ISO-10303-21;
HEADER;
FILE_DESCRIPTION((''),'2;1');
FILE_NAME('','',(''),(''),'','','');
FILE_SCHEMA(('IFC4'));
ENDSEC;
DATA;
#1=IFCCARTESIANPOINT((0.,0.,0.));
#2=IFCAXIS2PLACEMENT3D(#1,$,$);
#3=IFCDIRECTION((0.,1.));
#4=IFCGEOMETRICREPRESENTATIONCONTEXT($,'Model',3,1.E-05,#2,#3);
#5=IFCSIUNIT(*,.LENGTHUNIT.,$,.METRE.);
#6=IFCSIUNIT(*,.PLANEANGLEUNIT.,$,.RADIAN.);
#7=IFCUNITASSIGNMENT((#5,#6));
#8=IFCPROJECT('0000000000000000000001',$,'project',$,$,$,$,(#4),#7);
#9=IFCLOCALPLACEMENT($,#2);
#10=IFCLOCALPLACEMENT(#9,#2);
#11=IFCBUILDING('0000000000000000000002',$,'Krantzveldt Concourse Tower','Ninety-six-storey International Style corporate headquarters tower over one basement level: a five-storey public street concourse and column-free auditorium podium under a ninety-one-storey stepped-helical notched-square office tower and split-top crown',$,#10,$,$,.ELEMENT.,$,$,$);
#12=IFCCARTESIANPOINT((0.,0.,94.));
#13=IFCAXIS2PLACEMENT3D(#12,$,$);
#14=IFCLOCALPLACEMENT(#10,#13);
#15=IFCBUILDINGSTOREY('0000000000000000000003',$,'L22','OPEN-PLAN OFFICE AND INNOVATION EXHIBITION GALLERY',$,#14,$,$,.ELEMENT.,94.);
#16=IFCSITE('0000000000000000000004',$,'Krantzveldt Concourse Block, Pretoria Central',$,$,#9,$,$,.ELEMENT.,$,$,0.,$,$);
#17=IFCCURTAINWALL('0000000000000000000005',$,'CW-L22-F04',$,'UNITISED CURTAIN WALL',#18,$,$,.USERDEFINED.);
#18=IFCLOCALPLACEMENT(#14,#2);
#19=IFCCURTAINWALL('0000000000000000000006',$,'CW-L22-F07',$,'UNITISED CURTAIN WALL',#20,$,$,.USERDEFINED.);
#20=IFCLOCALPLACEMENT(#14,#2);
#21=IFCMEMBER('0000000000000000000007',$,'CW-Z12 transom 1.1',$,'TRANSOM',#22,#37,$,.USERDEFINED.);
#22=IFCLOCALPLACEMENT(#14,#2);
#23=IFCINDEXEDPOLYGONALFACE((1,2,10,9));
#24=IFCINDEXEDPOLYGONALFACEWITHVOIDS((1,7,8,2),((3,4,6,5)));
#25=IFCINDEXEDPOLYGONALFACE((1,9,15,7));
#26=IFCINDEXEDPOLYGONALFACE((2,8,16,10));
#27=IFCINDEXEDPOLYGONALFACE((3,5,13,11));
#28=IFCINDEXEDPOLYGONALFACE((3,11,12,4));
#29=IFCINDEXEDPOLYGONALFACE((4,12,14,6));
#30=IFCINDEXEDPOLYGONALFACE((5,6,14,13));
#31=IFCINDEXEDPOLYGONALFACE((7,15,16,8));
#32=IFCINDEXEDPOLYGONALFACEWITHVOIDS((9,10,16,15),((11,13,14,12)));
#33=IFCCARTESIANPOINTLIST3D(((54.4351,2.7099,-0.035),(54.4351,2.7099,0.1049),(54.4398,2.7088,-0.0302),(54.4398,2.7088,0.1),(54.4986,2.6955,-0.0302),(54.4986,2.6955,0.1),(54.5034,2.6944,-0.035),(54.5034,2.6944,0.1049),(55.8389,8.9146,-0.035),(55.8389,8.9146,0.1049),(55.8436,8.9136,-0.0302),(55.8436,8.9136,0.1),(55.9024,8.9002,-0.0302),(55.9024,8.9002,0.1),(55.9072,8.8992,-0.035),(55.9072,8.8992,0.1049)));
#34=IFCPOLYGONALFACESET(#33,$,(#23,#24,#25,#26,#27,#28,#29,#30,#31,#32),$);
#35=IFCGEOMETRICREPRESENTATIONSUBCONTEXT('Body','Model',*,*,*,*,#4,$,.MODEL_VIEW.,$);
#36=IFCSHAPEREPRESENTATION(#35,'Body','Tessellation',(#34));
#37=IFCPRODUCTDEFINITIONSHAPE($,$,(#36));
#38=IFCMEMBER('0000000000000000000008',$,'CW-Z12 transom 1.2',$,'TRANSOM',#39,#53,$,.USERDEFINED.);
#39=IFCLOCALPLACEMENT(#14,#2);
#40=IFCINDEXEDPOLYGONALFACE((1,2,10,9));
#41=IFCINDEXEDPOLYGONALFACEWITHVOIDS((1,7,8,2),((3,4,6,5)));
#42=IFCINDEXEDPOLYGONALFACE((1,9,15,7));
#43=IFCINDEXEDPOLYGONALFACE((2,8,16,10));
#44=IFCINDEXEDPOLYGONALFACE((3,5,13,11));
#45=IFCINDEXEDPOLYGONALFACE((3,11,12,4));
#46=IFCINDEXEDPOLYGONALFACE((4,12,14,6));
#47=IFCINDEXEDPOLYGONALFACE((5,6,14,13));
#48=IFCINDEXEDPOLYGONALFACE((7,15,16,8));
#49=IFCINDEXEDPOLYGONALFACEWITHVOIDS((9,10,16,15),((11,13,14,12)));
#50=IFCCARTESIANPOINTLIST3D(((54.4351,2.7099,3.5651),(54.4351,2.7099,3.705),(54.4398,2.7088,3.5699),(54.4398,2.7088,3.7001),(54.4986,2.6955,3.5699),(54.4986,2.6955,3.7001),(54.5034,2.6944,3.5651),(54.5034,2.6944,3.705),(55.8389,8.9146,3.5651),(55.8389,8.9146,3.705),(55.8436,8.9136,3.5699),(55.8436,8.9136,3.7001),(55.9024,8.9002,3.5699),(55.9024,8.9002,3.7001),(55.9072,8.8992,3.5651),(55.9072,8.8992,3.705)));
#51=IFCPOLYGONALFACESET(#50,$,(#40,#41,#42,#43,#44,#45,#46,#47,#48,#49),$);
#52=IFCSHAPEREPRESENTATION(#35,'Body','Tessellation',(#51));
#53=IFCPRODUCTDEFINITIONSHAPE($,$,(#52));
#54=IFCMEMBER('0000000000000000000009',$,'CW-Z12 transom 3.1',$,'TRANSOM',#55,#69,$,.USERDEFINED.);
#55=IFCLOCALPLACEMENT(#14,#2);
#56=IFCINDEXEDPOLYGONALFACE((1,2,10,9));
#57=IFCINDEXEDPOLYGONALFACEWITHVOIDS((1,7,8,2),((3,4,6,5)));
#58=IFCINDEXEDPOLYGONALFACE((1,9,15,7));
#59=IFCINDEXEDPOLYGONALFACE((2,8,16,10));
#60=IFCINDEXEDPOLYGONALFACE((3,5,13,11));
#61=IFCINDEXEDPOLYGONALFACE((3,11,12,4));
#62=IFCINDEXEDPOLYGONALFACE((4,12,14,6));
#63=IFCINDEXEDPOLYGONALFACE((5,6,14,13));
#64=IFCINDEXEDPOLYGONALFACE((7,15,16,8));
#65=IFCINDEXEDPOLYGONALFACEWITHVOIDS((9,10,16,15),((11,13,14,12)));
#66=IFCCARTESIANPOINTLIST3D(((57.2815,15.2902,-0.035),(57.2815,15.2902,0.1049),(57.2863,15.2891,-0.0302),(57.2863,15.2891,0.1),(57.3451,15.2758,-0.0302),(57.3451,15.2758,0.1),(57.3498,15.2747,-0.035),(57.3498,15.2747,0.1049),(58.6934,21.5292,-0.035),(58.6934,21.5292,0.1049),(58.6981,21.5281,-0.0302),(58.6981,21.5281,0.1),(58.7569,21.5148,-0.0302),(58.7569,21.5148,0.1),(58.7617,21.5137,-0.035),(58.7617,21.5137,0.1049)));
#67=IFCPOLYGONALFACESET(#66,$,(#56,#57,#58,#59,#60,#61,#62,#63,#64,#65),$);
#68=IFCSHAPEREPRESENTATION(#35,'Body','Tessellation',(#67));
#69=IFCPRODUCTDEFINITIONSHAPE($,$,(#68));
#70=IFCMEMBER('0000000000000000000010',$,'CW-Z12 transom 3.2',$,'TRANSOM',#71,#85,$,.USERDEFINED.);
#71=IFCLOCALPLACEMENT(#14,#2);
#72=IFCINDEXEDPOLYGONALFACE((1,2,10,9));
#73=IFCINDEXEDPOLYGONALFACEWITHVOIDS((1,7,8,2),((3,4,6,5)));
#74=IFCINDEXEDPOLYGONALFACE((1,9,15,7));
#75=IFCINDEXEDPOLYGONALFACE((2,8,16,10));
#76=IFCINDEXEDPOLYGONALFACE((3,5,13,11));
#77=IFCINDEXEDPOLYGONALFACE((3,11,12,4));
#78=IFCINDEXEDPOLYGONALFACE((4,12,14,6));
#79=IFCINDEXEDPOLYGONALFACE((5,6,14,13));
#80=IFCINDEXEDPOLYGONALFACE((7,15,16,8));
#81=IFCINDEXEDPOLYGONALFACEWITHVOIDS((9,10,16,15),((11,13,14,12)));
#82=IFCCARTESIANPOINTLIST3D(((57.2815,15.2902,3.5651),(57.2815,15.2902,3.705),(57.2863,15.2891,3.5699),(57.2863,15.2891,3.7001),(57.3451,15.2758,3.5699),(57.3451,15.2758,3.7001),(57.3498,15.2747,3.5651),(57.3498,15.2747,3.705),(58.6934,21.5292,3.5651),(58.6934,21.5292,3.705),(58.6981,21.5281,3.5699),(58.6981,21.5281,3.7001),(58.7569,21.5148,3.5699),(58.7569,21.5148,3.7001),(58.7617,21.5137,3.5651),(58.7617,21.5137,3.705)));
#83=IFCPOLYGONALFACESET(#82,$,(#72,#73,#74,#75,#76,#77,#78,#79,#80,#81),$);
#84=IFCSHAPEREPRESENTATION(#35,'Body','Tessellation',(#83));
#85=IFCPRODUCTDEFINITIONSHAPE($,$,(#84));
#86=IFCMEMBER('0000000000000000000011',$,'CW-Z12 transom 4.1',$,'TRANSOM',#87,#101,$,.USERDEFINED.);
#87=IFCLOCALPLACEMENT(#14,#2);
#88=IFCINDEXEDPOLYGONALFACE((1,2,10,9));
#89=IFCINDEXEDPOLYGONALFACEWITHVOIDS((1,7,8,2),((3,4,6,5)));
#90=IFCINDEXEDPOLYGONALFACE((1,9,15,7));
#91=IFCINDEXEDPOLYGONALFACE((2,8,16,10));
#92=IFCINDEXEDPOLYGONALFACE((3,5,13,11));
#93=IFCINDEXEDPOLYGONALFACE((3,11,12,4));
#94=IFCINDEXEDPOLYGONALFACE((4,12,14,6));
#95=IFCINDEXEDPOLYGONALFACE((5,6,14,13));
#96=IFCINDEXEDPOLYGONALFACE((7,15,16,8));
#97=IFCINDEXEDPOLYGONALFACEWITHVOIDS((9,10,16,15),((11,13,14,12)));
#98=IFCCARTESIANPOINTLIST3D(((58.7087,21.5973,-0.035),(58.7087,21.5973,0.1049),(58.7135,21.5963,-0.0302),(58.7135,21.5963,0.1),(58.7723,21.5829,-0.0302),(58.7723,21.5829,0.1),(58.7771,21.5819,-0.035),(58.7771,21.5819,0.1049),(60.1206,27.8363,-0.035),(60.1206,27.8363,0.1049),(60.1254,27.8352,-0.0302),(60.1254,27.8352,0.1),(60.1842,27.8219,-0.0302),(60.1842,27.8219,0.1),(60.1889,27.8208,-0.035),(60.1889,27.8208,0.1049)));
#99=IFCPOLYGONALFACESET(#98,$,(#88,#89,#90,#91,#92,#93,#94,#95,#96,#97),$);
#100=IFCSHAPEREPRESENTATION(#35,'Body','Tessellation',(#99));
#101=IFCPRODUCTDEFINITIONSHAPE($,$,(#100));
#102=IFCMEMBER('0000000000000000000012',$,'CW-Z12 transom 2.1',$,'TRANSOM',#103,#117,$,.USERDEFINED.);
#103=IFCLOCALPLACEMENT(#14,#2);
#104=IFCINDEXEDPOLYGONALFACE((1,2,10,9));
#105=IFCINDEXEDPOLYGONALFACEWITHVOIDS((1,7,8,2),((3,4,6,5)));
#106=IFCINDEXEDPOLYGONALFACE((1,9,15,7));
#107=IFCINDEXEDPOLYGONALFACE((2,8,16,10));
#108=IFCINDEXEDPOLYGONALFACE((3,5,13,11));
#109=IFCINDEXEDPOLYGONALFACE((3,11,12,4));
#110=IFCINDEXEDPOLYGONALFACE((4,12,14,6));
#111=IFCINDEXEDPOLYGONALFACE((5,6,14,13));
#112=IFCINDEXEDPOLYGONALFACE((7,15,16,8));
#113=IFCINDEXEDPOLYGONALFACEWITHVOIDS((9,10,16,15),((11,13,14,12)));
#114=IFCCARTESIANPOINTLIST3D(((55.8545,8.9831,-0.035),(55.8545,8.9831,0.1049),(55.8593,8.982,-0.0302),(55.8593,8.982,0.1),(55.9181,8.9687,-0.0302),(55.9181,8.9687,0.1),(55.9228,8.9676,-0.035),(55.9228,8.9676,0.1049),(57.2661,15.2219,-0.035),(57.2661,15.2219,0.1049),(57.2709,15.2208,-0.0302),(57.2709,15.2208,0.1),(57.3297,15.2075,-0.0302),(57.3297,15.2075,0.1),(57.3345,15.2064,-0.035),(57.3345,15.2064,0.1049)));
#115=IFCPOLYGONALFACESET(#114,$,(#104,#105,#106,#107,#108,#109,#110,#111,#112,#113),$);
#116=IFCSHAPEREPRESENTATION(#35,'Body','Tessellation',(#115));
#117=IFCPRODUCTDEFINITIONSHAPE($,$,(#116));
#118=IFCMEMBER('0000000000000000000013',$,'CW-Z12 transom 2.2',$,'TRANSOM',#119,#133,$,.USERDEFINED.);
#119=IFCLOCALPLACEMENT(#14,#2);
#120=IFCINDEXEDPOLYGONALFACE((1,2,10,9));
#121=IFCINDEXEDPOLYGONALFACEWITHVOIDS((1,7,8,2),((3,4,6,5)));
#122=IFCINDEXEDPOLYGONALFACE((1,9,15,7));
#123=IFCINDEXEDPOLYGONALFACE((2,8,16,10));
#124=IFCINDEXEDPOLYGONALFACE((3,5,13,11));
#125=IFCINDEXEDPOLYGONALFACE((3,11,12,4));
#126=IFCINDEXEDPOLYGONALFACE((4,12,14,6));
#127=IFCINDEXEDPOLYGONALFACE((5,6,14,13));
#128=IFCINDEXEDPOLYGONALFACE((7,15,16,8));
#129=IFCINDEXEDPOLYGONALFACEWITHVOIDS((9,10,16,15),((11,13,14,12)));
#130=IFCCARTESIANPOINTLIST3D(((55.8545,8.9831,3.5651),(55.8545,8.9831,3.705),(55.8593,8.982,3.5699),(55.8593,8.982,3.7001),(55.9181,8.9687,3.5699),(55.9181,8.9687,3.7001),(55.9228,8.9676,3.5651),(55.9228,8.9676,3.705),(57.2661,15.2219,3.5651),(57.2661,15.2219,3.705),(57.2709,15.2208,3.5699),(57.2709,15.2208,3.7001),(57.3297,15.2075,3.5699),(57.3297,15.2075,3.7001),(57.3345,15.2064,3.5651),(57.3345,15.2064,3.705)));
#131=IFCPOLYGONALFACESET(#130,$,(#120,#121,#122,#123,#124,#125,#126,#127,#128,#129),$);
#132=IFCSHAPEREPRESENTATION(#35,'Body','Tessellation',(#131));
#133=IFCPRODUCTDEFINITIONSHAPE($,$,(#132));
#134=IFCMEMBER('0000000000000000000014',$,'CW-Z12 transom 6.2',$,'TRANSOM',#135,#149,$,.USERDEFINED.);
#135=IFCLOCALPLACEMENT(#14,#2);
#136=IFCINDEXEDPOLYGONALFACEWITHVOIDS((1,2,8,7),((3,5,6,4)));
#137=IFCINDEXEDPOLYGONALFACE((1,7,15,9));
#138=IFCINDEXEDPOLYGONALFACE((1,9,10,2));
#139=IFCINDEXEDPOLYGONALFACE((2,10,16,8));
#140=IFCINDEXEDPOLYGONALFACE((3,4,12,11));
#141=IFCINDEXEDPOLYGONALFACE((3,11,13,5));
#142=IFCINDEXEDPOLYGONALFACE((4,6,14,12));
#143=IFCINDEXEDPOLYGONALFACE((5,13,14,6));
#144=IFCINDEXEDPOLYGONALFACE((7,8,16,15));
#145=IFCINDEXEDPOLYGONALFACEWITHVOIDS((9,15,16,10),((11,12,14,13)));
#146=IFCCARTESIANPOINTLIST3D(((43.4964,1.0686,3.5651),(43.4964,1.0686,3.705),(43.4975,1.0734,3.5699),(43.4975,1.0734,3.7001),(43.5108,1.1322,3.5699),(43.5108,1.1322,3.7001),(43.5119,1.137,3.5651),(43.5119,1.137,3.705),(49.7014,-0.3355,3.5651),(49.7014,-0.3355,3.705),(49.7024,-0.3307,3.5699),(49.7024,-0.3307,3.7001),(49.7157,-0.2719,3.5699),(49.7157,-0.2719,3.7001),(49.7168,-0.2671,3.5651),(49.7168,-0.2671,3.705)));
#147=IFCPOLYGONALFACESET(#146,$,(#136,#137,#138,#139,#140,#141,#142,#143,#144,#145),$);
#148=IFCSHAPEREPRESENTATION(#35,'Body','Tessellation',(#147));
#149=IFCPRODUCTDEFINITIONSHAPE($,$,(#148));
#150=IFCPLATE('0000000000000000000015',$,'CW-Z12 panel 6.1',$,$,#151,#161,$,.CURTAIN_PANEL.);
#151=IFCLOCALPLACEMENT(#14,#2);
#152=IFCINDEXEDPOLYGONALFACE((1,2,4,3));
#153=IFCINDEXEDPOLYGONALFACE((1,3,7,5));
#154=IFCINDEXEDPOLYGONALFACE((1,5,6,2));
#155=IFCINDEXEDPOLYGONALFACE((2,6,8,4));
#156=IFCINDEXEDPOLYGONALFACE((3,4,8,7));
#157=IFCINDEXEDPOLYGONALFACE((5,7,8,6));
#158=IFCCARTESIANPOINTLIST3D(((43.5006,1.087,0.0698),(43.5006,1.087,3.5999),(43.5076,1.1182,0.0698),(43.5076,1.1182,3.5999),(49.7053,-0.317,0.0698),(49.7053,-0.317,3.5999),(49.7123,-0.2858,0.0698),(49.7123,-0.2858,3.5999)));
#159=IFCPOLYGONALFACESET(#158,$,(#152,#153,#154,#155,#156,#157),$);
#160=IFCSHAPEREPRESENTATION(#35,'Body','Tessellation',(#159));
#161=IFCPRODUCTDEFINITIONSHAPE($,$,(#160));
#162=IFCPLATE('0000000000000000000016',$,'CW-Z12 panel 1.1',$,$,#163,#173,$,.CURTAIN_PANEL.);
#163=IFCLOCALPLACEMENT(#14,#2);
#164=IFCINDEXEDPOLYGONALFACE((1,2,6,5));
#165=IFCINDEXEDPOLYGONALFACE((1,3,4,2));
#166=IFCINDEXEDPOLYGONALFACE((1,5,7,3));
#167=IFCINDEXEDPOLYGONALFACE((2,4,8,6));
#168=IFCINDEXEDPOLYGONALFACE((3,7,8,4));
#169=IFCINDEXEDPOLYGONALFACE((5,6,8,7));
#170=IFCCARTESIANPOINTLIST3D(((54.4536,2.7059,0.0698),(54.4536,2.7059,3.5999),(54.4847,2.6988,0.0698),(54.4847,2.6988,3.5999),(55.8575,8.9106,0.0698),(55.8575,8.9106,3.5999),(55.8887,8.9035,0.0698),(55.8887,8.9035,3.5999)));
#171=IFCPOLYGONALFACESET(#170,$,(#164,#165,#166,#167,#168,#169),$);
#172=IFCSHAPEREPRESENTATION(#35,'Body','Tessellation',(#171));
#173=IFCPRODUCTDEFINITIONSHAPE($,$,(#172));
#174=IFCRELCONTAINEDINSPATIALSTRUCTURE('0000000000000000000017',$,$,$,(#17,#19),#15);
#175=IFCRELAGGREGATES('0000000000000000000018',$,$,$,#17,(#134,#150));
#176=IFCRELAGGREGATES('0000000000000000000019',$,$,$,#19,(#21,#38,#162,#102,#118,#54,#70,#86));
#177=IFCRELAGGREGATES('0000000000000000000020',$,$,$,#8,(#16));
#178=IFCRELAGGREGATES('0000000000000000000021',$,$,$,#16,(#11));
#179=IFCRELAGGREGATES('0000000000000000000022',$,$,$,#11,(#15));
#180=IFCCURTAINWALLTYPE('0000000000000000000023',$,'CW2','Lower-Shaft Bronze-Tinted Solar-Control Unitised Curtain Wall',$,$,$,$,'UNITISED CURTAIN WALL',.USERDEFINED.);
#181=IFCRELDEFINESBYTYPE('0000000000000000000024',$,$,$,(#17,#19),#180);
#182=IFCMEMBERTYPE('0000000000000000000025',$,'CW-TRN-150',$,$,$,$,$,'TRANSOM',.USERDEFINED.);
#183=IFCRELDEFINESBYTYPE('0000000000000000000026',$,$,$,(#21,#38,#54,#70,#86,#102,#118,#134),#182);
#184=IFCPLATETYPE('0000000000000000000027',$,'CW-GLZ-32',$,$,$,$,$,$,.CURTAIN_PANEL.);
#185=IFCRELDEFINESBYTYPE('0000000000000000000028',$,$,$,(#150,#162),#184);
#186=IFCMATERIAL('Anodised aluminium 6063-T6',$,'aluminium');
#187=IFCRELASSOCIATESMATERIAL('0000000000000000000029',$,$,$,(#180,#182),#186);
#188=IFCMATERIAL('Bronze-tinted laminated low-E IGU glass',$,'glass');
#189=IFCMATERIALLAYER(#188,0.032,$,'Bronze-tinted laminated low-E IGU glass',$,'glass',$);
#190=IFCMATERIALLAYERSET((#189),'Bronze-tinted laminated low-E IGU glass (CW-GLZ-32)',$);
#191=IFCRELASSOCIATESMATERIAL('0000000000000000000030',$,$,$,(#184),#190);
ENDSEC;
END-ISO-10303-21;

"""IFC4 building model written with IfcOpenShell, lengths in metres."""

from ifc_helpers import new_model, si_unit, direction, frame, origin, origin_2d, place, context, subcontext, project, spatial, rectangle, hollow_rectangle, extrude, source, transform, mapped, material, layer, layer_set, material_profile, profile_set, type_object, type_shapes, element, aggregate, save


model = new_model("IFC4")

# Units and contexts
model_context = context("Model", 3, precision=1e-05, world=origin(), true_north=direction((0.0, 1.0)))
body_context = subcontext(model_context, "Body", "Model", "MODEL_VIEW")
ifc_project = project(units=[si_unit("LENGTHUNIT", "METRE"), si_unit("PLANEANGLEUNIT", "RADIAN")], contexts=[model_context])

# Site, building, storey
site_placement = place(None, origin())
site = spatial("IfcSite", under=ifc_project, at=site_placement, Name="Krantzveldt Concourse Block, Pretoria Central", CompositionType="ELEMENT", RefElevation=0.0)
building_placement = place(site_placement, origin())
building = spatial("IfcBuilding", under=site, at=building_placement, Name="Krantzveldt Concourse Tower", Description="Ninety-six-storey International Style corporate headquarters tower over one basement level: a five-storey public street concourse and column-free auditorium podium under a ninety-one-storey stepped-helical notched-square office tower and split-top crown", CompositionType="ELEMENT")
storey_placement = place(building_placement, frame((0.0, 0.0, 94.0)))
storey = spatial("IfcBuildingStorey", under=building, at=storey_placement, Name="L22", Description="OPEN-PLAN OFFICE AND INNOVATION EXHIBITION GALLERY", CompositionType="ELEMENT", Elevation=94.0)

# Curtain wall
ifc_material_1 = material(Name="Anodised aluminium 6063-T6", Category="aluminium")
curtain_wall_type = type_object("IfcCurtainWallType", Name="CW2", Description="Lower-Shaft Bronze-Tinted Solar-Control Unitised Curtain Wall", ElementType="UNITISED CURTAIN WALL", PredefinedType="USERDEFINED", material=ifc_material_1)
curtain_wall_1_placement = place(storey_placement, origin())
curtain_wall_1 = element("IfcCurtainWall", 1, at=curtain_wall_1_placement, inside=storey, type_object=curtain_wall_type, Name="CW-L22-F04", ObjectType="UNITISED CURTAIN WALL", PredefinedType="USERDEFINED")

# Curtain wall, members
curtain_wall_2_placement = place(storey_placement, origin())
curtain_wall_2 = element("IfcCurtainWall", 2, at=curtain_wall_2_placement, inside=storey, type_object=curtain_wall_type, Name="CW-L22-F07", ObjectType="UNITISED CURTAIN WALL", PredefinedType="USERDEFINED")
ifc_material_profile_1 = material_profile(ifc_material_1, hollow_rectangle(XDim=0.0701, YDim=0.1399, WallThickness=0.0049, at=origin_2d()), Name="Anodised aluminium 6063-T6", Category="aluminium")
ifc_profile_set_1 = profile_set([ifc_material_profile_1], Name="Anodised aluminium 6063-T6 - ALU-TRAN 140x70x5")
member_type_1 = type_object("IfcMemberType", Name="CW-TRN-150", ElementType="TRANSOM", PredefinedType="USERDEFINED", material=ifc_profile_set_1)
shared_shape_1 = source(origin(), body_context, "Body", "SweptSolid", [
    extrude(hollow_rectangle(XDim=0.0701, YDim=0.1399, WallThickness=0.0049, at=origin_2d()), origin(), (0.0, 0.0, 1.0), 6.3616),
])
member_1_placement = place(storey_placement, frame((54.4692, 2.7021, 0.0349), z_axis=(0.220667, 0.975349, 0.0), x_axis=(-0.975349, 0.220667, 0.0)))
member_1 = element("IfcMember", 3, at=member_1_placement, type_object=member_type_1, Name="CW-Z12 transom 1.1", ObjectType="TRANSOM", PredefinedType="USERDEFINED", context=body_context, shape_type="MappedRepresentation", body=[
    mapped(shared_shape_1, transform((0.0, 0.0, 0.0), x_axis=(1.0, 0.0, 0.0), y_axis=(0.0, 1.0, 0.0), z_axis=(0.0, 0.0, 1.0), scale=1.0)),
])
member_2_placement = place(storey_placement, frame((54.4692, 2.7021, 3.635), z_axis=(0.220667, 0.975349, 0.0), x_axis=(-0.975349, 0.220667, 0.0)))
member_2 = element("IfcMember", 4, at=member_2_placement, type_object=member_type_1, Name="CW-Z12 transom 1.2", ObjectType="TRANSOM", PredefinedType="USERDEFINED", context=body_context, shape_type="MappedRepresentation", body=[
    mapped(shared_shape_1, transform((0.0, 0.0, 0.0), x_axis=(1.0, 0.0, 0.0), y_axis=(0.0, 1.0, 0.0), z_axis=(0.0, 0.0, 1.0), scale=1.0)),
])
shared_shape_2 = source(origin(), body_context, "Body", "SweptSolid", [
    extrude(hollow_rectangle(XDim=0.0701, YDim=0.1399, WallThickness=0.0049, at=origin_2d()), origin(), (0.0, 0.0, 1.0), 6.3967),
])
member_3_placement = place(storey_placement, frame((57.3157, 15.2825, 0.0349), z_axis=(0.220715, 0.975338, 0.0), x_axis=(-0.975338, 0.220715, 0.0)))
member_3 = element("IfcMember", 5, at=member_3_placement, type_object=member_type_1, Name="CW-Z12 transom 3.1", ObjectType="TRANSOM", PredefinedType="USERDEFINED", context=body_context, shape_type="MappedRepresentation", body=[
    mapped(shared_shape_2, transform((0.0, 0.0, 0.0), x_axis=(1.0, 0.0, 0.0), y_axis=(0.0, 1.0, 0.0), z_axis=(0.0, 0.0, 1.0), scale=1.0)),
])
member_4_placement = place(storey_placement, frame((57.3157, 15.2825, 3.635), z_axis=(0.220715, 0.975338, 0.0), x_axis=(-0.975338, 0.220715, 0.0)))
member_4 = element("IfcMember", 6, at=member_4_placement, type_object=member_type_1, Name="CW-Z12 transom 3.2", ObjectType="TRANSOM", PredefinedType="USERDEFINED", context=body_context, shape_type="MappedRepresentation", body=[
    mapped(shared_shape_2, transform((0.0, 0.0, 0.0), x_axis=(1.0, 0.0, 0.0), y_axis=(0.0, 1.0, 0.0), z_axis=(0.0, 0.0, 1.0), scale=1.0)),
])
member_5_placement = place(storey_placement, frame((58.7429, 21.5896, 0.0349), z_axis=(0.220715, 0.975338, 0.0), x_axis=(-0.975338, 0.220715, 0.0)))
member_5 = element("IfcMember", 7, at=member_5_placement, type_object=member_type_1, Name="CW-Z12 transom 4.1", ObjectType="TRANSOM", PredefinedType="USERDEFINED", context=body_context, shape_type="MappedRepresentation", body=[
    mapped(shared_shape_2, transform((0.0, 0.0, 0.0), x_axis=(1.0, 0.0, 0.0), y_axis=(0.0, 1.0, 0.0), z_axis=(0.0, 0.0, 1.0), scale=1.0)),
])
shared_shape_3 = source(origin(), body_context, "Body", "SweptSolid", [
    extrude(hollow_rectangle(XDim=0.0701, YDim=0.1399, WallThickness=0.0049, at=origin_2d()), origin(), (0.0, 0.0, 1.0), 6.3965),
])
member_6_placement = place(storey_placement, frame((55.8887, 8.9753, 0.0349), z_axis=(0.220687, 0.975345, 0.0), x_axis=(-0.975345, 0.220687, 0.0)))
member_6 = element("IfcMember", 8, at=member_6_placement, type_object=member_type_1, Name="CW-Z12 transom 2.1", ObjectType="TRANSOM", PredefinedType="USERDEFINED", context=body_context, shape_type="MappedRepresentation", body=[
    mapped(shared_shape_3, transform((0.0, 0.0, 0.0), x_axis=(1.0, 0.0, 0.0), y_axis=(0.0, 1.0, 0.0), z_axis=(0.0, 0.0, 1.0), scale=1.0)),
])
member_7_placement = place(storey_placement, frame((55.8887, 8.9753, 3.635), z_axis=(0.220687, 0.975345, 0.0), x_axis=(-0.975345, 0.220687, 0.0)))
member_7 = element("IfcMember", 9, at=member_7_placement, type_object=member_type_1, Name="CW-Z12 transom 2.2", ObjectType="TRANSOM", PredefinedType="USERDEFINED", context=body_context, shape_type="MappedRepresentation", body=[
    mapped(shared_shape_3, transform((0.0, 0.0, 0.0), x_axis=(1.0, 0.0, 0.0), y_axis=(0.0, 1.0, 0.0), z_axis=(0.0, 0.0, 1.0), scale=1.0)),
])

# Member
shared_shape_4 = source(origin(), body_context, "Body", "SweptSolid", [
    extrude(hollow_rectangle(XDim=0.0701, YDim=0.1399, WallThickness=0.0049, at=origin_2d()), origin(), (0.0, 0.0, 1.0), 6.3618),
])
type_shapes(member_type_1, [shared_shape_1, shared_shape_2, shared_shape_3, shared_shape_4])
member_8_placement = place(storey_placement, frame((43.5042, 1.1028, 3.635), z_axis=(0.975341, -0.220704, 0.0), x_axis=(0.220704, 0.975341, 0.0)))
member_8 = element("IfcMember", 10, at=member_8_placement, type_object=member_type_1, Name="CW-Z12 transom 6.2", ObjectType="TRANSOM", PredefinedType="USERDEFINED", context=body_context, shape_type="MappedRepresentation", body=[
    mapped(shared_shape_4, transform((0.0, 0.0, 0.0), x_axis=(1.0, 0.0, 0.0), y_axis=(0.0, 1.0, 0.0), z_axis=(0.0, 0.0, 1.0), scale=1.0)),
])

# Plates
ifc_material_2 = material(Name="Bronze-tinted laminated low-E IGU glass", Category="glass")
ifc_layer_1 = layer(ifc_material_2, 0.032, Name="Bronze-tinted laminated low-E IGU glass", Category="glass")
ifc_layer_set_1 = layer_set([ifc_layer_1], Name="Bronze-tinted laminated low-E IGU glass (CW-GLZ-32)")
plate_type = type_object("IfcPlateType", Name="CW-GLZ-32", PredefinedType="CURTAIN_PANEL", material=ifc_layer_set_1)
shared_shape_5 = source(origin(), body_context, "Body", "SweptSolid", [
    extrude(rectangle(XDim=6.3616, YDim=0.032, at=origin_2d()), origin(), (0.0, 0.0, 1.0), 3.53),
])
plate_1_placement = place(storey_placement, frame((46.6064, 0.4006, 0.0698), z_axis=(0.0, 0.0, 1.0), x_axis=(0.975342, -0.220697, 0.0)))
plate_1 = element("IfcPlate", 11, at=plate_1_placement, type_object=plate_type, Name="CW-Z12 panel 6.1", PredefinedType="CURTAIN_PANEL", context=body_context, shape_type="MappedRepresentation", body=[
    mapped(shared_shape_5, transform((0.0, 0.0, 0.0), x_axis=(1.0, 0.0, 0.0), y_axis=(0.0, 1.0, 0.0), z_axis=(0.0, 0.0, 1.0), scale=1.0)),
])
aggregate(curtain_wall_1, [member_8, plate_1])
plate_2_placement = place(storey_placement, frame((55.1711, 5.8047, 0.0698), z_axis=(0.0, 0.0, 1.0), x_axis=(0.220697, 0.975342, 0.0)))
plate_2 = element("IfcPlate", 12, at=plate_2_placement, type_object=plate_type, Name="CW-Z12 panel 1.1", PredefinedType="CURTAIN_PANEL", context=body_context, shape_type="MappedRepresentation", body=[
    mapped(shared_shape_5, transform((0.0, 0.0, 0.0), x_axis=(1.0, 0.0, 0.0), y_axis=(0.0, 1.0, 0.0), z_axis=(0.0, 0.0, 1.0), scale=1.0)),
])
aggregate(curtain_wall_2, [member_1, member_2, plate_2, member_6, member_7, member_3, member_4, member_5])

save(model, "model.ifc")
